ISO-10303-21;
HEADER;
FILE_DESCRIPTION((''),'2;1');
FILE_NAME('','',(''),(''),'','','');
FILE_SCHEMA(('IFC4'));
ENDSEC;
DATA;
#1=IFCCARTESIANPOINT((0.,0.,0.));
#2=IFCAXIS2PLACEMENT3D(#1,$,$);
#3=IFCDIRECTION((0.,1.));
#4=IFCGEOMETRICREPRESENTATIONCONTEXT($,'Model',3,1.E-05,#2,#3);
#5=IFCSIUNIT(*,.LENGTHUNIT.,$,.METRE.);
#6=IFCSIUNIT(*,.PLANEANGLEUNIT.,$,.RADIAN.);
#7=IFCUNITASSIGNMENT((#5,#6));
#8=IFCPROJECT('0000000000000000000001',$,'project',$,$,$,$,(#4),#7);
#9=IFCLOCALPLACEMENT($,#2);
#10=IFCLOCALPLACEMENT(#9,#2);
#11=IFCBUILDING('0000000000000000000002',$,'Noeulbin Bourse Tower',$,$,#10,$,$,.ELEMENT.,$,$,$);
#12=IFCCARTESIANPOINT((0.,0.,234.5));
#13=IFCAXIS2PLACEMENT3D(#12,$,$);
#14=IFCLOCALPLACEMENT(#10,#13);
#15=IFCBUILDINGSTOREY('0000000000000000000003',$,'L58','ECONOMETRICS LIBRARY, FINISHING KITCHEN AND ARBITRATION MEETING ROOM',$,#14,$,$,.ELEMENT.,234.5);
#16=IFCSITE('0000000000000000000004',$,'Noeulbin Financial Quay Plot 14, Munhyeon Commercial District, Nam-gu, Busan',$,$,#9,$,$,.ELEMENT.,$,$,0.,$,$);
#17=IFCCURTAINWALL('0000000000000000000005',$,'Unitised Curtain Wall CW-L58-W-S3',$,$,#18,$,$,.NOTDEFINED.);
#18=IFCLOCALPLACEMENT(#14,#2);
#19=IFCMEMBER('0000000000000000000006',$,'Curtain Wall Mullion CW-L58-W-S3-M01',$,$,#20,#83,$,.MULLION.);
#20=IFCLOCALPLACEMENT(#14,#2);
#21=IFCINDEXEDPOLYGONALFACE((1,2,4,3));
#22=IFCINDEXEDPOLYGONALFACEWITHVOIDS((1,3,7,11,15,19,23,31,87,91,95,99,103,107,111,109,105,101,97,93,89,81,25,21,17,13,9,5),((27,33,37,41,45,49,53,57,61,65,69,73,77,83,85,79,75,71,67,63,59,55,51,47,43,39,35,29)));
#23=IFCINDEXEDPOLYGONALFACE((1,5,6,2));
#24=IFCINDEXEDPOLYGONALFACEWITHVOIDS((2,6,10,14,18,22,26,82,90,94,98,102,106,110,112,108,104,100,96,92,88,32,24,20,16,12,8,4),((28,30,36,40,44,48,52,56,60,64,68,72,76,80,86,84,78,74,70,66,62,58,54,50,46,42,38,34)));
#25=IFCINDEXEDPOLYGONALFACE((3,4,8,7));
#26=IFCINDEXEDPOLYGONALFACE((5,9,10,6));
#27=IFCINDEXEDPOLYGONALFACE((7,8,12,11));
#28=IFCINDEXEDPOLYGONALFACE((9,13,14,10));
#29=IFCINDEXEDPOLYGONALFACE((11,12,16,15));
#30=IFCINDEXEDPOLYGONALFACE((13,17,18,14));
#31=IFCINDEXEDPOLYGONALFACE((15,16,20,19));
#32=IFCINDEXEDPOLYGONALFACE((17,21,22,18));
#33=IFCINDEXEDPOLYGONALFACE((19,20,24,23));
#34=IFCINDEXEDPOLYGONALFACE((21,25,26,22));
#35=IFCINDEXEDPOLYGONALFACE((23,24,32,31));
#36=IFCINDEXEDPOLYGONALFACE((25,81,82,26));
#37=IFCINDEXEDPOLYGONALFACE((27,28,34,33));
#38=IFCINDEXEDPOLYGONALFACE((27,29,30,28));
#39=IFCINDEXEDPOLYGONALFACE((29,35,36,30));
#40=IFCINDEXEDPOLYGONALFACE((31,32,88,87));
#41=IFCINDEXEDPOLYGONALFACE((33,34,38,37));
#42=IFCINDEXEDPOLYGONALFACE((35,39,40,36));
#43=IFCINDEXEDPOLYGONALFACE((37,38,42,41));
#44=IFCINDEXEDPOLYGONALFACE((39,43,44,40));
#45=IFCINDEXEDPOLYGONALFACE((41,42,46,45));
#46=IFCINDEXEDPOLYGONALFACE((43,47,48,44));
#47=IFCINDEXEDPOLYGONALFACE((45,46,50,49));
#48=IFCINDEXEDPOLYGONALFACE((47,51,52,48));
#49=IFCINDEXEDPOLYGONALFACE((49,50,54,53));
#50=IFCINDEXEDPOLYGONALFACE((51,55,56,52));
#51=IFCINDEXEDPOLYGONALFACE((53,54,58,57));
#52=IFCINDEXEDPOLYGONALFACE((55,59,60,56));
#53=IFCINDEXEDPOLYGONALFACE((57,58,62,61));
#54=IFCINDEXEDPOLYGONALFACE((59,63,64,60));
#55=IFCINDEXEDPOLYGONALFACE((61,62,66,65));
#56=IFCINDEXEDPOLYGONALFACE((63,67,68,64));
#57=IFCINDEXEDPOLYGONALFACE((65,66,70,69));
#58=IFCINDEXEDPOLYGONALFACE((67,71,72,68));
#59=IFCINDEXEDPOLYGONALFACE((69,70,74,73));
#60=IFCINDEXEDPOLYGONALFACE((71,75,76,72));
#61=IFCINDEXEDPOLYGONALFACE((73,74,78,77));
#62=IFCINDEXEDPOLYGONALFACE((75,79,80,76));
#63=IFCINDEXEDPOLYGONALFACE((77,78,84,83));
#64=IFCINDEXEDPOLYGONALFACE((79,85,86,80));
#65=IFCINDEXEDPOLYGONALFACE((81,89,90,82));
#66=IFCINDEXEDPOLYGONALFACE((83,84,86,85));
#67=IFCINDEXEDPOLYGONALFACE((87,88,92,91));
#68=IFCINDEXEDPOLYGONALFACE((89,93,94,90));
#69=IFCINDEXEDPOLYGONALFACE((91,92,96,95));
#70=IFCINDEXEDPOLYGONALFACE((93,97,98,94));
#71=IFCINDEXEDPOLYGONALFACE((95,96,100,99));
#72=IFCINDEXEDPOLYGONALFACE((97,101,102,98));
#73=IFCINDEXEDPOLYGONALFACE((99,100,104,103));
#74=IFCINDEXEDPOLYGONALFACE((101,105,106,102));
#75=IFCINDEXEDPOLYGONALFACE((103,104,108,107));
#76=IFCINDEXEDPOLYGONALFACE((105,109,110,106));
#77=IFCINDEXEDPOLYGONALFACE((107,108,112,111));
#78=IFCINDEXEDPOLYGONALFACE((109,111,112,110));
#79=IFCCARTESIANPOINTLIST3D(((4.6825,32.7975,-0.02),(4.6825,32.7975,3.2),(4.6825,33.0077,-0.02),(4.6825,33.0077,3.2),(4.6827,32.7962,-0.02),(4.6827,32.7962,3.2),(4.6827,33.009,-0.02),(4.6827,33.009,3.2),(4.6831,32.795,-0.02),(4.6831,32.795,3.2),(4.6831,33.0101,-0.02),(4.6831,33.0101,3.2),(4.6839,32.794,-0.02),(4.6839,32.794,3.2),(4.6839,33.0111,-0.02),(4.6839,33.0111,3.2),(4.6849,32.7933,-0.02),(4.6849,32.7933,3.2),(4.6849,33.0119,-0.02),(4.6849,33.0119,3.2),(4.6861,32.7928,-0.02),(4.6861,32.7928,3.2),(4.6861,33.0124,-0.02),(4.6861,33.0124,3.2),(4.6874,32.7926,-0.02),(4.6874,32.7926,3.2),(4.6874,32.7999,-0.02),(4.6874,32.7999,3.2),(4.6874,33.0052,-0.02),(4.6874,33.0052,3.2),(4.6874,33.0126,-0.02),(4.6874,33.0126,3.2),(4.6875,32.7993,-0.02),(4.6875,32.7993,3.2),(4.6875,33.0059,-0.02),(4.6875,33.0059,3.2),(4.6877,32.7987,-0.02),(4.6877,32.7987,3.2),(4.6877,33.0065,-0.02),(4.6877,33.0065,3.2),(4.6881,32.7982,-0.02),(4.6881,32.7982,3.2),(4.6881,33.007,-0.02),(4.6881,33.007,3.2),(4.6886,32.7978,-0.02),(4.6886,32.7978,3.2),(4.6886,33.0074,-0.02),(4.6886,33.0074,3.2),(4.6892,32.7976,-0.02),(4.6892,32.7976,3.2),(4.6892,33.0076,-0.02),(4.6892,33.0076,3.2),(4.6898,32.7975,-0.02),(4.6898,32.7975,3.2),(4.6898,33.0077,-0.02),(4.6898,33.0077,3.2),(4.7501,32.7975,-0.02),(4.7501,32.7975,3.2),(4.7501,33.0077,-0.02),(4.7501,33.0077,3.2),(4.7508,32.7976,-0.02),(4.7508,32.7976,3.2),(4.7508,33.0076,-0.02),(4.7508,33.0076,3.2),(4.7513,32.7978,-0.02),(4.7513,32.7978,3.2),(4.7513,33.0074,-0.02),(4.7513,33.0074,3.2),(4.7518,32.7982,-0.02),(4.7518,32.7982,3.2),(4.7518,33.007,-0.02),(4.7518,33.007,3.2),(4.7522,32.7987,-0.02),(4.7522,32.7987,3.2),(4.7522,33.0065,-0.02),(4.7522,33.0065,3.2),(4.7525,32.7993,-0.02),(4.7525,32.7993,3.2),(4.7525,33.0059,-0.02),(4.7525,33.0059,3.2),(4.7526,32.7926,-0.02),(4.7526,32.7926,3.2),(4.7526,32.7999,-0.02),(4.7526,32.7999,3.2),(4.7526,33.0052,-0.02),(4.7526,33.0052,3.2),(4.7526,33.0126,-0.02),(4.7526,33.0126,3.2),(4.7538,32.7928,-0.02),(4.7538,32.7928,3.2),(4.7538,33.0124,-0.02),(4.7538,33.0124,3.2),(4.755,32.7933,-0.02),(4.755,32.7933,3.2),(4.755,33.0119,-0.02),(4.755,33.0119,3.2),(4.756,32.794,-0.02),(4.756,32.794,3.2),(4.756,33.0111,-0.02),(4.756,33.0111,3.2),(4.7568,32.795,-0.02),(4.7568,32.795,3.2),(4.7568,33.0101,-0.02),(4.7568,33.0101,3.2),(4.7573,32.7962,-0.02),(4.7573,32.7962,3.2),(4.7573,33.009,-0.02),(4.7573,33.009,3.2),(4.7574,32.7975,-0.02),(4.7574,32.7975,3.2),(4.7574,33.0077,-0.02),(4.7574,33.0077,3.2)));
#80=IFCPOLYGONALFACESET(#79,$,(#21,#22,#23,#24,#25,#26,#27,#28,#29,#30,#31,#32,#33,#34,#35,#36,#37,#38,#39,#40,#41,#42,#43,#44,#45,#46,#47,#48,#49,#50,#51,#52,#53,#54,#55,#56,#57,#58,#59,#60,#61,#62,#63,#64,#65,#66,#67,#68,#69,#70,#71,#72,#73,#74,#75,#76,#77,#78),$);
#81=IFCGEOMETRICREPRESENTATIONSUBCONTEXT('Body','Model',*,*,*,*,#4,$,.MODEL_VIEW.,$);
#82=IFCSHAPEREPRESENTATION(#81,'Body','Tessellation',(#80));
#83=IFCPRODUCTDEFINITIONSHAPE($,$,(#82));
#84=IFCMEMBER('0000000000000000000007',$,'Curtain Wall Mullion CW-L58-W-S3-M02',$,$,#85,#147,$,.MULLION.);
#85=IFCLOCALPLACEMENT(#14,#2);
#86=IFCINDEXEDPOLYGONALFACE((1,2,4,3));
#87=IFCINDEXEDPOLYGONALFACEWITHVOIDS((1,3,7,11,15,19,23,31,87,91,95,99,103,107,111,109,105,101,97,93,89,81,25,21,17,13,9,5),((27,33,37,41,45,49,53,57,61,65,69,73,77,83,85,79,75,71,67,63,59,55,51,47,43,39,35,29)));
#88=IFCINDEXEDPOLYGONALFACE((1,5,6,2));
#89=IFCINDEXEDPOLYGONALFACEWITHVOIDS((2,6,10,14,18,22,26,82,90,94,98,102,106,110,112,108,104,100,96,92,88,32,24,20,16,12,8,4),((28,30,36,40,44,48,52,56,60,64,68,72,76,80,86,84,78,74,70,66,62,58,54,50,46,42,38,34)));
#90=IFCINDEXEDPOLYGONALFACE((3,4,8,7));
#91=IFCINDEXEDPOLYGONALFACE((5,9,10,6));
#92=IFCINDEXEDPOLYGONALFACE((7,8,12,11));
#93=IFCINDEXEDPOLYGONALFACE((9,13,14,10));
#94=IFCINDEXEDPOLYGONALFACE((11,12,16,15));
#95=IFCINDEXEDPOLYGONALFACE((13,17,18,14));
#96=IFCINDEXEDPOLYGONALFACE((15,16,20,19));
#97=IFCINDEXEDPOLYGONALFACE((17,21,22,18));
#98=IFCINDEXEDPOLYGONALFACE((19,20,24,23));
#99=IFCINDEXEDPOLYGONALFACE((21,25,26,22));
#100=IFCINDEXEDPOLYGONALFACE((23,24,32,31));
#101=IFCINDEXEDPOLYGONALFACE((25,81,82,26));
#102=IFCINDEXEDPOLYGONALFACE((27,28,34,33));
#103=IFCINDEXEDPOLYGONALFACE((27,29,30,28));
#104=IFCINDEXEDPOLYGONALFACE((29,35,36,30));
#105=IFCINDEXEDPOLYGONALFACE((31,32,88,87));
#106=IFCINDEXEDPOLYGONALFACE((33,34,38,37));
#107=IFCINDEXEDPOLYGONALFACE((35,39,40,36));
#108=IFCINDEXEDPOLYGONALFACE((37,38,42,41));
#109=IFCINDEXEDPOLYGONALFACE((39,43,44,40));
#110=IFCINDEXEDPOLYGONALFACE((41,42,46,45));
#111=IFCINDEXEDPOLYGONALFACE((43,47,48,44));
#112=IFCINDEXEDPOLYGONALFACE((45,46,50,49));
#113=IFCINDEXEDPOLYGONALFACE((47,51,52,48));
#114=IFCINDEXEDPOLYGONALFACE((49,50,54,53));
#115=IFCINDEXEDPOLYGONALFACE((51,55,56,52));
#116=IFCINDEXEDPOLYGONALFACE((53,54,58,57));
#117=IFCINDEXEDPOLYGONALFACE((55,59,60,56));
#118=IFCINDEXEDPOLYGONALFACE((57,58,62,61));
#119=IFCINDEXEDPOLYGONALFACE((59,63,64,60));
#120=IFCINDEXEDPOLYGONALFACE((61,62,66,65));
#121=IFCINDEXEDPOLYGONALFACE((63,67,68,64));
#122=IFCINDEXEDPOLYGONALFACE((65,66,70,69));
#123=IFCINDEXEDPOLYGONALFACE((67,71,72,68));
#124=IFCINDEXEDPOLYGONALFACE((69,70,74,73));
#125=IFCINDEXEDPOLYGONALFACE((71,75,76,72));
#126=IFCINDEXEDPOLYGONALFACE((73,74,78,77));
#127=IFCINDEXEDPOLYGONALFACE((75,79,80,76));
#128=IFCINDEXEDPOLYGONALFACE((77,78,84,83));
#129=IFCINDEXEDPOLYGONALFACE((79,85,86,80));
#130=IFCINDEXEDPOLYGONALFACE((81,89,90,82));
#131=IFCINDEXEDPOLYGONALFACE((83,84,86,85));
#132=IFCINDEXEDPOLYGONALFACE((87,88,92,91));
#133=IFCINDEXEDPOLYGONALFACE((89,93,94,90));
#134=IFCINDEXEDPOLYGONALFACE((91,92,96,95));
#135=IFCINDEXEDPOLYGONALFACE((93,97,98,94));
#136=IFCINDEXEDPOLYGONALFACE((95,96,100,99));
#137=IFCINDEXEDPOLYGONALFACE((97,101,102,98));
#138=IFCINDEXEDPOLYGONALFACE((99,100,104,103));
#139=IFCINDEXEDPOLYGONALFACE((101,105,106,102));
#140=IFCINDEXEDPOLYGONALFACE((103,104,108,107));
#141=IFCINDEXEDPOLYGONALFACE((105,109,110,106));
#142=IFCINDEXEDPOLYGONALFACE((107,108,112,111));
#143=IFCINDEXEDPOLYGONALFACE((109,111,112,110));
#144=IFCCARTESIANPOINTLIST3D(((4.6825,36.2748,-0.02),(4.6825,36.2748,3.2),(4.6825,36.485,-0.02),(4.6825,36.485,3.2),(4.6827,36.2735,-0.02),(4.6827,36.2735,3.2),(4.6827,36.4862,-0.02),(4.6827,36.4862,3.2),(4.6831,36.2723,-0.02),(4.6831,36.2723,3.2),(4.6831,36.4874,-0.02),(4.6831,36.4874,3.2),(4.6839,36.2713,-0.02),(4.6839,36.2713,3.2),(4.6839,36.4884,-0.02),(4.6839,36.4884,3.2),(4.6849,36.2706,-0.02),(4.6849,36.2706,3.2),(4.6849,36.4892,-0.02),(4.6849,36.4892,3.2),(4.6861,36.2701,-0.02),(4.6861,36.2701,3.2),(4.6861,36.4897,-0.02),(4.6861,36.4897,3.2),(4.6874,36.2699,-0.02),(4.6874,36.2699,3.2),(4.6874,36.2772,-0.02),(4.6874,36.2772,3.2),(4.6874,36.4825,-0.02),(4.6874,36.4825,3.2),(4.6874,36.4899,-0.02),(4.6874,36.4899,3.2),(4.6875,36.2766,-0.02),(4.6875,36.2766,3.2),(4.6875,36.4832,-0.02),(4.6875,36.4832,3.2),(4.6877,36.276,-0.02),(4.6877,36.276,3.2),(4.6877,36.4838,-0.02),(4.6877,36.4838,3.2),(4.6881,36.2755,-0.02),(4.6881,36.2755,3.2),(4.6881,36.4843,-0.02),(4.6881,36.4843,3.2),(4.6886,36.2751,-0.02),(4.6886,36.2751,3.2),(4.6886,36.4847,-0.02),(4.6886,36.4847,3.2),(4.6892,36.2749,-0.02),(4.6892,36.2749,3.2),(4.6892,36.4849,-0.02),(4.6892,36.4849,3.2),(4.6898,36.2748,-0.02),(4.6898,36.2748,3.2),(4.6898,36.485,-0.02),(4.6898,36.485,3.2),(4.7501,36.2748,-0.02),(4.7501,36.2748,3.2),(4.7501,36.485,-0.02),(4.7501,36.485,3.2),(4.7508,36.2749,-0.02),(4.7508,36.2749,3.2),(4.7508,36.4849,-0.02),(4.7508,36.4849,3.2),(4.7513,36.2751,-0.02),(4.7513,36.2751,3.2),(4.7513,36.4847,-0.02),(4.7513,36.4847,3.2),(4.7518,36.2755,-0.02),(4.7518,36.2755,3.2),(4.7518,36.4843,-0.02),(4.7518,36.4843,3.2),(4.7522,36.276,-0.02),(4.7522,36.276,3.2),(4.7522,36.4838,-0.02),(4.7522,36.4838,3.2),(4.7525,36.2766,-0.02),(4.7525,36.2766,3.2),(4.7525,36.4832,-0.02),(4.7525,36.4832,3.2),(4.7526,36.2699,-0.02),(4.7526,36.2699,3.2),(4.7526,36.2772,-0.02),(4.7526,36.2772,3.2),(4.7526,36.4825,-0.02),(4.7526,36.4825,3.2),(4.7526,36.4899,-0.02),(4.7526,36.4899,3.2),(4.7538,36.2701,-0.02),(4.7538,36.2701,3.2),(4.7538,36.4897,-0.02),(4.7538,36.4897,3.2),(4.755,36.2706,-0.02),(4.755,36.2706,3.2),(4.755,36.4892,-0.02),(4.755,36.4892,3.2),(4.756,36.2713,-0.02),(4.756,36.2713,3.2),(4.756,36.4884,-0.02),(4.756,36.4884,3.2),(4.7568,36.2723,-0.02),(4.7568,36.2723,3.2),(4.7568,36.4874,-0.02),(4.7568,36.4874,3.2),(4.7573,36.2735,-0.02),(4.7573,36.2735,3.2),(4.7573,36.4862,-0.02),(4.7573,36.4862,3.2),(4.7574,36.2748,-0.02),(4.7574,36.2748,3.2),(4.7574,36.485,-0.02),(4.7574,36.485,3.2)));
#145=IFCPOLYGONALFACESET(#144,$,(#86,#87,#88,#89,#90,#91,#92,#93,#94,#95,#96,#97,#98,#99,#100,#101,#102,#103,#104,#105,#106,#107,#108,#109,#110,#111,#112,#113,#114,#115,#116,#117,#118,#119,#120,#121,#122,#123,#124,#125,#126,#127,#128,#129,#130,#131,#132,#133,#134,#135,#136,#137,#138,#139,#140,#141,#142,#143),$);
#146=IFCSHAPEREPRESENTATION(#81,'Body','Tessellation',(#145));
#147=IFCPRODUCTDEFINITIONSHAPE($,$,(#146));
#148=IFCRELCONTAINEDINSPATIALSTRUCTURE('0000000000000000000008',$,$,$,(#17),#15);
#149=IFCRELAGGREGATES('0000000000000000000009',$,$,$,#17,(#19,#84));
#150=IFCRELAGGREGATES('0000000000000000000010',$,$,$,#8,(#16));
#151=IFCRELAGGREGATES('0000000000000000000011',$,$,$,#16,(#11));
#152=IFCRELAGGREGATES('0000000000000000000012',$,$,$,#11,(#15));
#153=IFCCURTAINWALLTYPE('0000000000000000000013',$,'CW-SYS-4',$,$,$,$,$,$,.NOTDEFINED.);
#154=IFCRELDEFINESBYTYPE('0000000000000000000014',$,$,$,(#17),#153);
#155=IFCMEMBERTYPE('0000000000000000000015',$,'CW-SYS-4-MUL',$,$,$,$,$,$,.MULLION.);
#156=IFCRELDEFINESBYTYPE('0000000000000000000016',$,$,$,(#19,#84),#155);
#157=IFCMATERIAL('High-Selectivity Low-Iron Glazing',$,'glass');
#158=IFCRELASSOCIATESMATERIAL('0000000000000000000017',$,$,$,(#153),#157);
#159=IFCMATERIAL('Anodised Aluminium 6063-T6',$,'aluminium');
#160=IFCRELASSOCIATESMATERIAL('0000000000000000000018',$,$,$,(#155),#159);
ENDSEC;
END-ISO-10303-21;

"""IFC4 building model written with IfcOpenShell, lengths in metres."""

from ifc_helpers import new_model, si_unit, direction, frame, origin, origin_2d, place, context, subcontext, project, spatial, hollow_rectangle, extrude, material, material_profile, profile_set, type_object, element, aggregate, save


model = new_model("IFC4")

# Units and contexts
model_context = context("Model", 3, precision=1e-05, world=origin(), true_north=direction((0.0, 1.0)))
body_context = subcontext(model_context, "Body", "Model", "MODEL_VIEW")
ifc_project = project(units=[si_unit("LENGTHUNIT", "METRE"), si_unit("PLANEANGLEUNIT", "RADIAN")], contexts=[model_context])

# Site, building, storey
site_placement = place(None, origin())
site = spatial("IfcSite", under=ifc_project, at=site_placement, Name="Noeulbin Financial Quay Plot 14, Munhyeon Commercial District, Nam-gu, Busan", CompositionType="ELEMENT", RefElevation=0.0)
building_placement = place(site_placement, origin())
building = spatial("IfcBuilding", under=site, at=building_placement, Name="Noeulbin Bourse Tower", CompositionType="ELEMENT")
storey_placement = place(building_placement, frame((0.0, 0.0, 234.5)))
storey = spatial("IfcBuildingStorey", under=building, at=storey_placement, Name="L58", Description="ECONOMETRICS LIBRARY, FINISHING KITCHEN AND ARBITRATION MEETING ROOM", CompositionType="ELEMENT", Elevation=234.5)

# Shared definitions
ifc_material_1 = material(Name="High-Selectivity Low-Iron Glazing", Category="glass")
curtain_wall_type = type_object("IfcCurtainWallType", Name="CW-SYS-4", PredefinedType="NOTDEFINED", material=ifc_material_1)
ifc_material_2 = material(Name="Anodised Aluminium 6063-T6", Category="aluminium")
ifc_material_profile_1 = material_profile(ifc_material_2, hollow_rectangle(XDim=0.075, YDim=0.22, WallThickness=0.0049, InnerFilletRadius=0.0024, OuterFilletRadius=0.0049, at=origin_2d()), Name="ALU-MULL-75x220x5", Category="LoadBearing")
ifc_profile_set_1 = profile_set([ifc_material_profile_1], Name="Anodised Aluminium 6063-T6")
member_type_1 = type_object("IfcMemberType", Name="CW-SYS-4-MUL", PredefinedType="MULLION", material=ifc_profile_set_1)

# Curtain wall, members
curtain_wall_1_placement = place(storey_placement, origin())
curtain_wall_1 = element("IfcCurtainWall", 1, at=curtain_wall_1_placement, inside=storey, type_object=curtain_wall_type, Name="Unitised Curtain Wall CW-L58-W-S3", PredefinedType="NOTDEFINED")
member_1_placement = place(storey_placement, frame((4.72, 32.9026, -0.02), z_axis=(0.0, 0.0, 1.0), x_axis=(1.0, 0.0, 0.0)))
member_1 = element("IfcMember", 2, at=member_1_placement, type_object=member_type_1, Name="Curtain Wall Mullion CW-L58-W-S3-M01", PredefinedType="MULLION", context=body_context, shape_type="SweptSolid", body=[
    extrude(hollow_rectangle(XDim=0.075, YDim=0.22, WallThickness=0.0049, InnerFilletRadius=0.0024, OuterFilletRadius=0.0049, at=origin_2d()), origin(), (0.0, 0.0, 1.0), 3.22),
])
member_2_placement = place(storey_placement, frame((4.72, 36.3799, -0.02), z_axis=(0.0, 0.0, 1.0), x_axis=(1.0, 0.0, 0.0)))
member_2 = element("IfcMember", 3, at=member_2_placement, type_object=member_type_1, Name="Curtain Wall Mullion CW-L58-W-S3-M02", PredefinedType="MULLION", context=body_context, shape_type="SweptSolid", body=[
    extrude(hollow_rectangle(XDim=0.075, YDim=0.22, WallThickness=0.0049, InnerFilletRadius=0.0024, OuterFilletRadius=0.0049, at=origin_2d()), origin(), (0.0, 0.0, 1.0), 3.22),
])

aggregate(curtain_wall_1, [member_1, member_2])

save(model, "model.ifc")
